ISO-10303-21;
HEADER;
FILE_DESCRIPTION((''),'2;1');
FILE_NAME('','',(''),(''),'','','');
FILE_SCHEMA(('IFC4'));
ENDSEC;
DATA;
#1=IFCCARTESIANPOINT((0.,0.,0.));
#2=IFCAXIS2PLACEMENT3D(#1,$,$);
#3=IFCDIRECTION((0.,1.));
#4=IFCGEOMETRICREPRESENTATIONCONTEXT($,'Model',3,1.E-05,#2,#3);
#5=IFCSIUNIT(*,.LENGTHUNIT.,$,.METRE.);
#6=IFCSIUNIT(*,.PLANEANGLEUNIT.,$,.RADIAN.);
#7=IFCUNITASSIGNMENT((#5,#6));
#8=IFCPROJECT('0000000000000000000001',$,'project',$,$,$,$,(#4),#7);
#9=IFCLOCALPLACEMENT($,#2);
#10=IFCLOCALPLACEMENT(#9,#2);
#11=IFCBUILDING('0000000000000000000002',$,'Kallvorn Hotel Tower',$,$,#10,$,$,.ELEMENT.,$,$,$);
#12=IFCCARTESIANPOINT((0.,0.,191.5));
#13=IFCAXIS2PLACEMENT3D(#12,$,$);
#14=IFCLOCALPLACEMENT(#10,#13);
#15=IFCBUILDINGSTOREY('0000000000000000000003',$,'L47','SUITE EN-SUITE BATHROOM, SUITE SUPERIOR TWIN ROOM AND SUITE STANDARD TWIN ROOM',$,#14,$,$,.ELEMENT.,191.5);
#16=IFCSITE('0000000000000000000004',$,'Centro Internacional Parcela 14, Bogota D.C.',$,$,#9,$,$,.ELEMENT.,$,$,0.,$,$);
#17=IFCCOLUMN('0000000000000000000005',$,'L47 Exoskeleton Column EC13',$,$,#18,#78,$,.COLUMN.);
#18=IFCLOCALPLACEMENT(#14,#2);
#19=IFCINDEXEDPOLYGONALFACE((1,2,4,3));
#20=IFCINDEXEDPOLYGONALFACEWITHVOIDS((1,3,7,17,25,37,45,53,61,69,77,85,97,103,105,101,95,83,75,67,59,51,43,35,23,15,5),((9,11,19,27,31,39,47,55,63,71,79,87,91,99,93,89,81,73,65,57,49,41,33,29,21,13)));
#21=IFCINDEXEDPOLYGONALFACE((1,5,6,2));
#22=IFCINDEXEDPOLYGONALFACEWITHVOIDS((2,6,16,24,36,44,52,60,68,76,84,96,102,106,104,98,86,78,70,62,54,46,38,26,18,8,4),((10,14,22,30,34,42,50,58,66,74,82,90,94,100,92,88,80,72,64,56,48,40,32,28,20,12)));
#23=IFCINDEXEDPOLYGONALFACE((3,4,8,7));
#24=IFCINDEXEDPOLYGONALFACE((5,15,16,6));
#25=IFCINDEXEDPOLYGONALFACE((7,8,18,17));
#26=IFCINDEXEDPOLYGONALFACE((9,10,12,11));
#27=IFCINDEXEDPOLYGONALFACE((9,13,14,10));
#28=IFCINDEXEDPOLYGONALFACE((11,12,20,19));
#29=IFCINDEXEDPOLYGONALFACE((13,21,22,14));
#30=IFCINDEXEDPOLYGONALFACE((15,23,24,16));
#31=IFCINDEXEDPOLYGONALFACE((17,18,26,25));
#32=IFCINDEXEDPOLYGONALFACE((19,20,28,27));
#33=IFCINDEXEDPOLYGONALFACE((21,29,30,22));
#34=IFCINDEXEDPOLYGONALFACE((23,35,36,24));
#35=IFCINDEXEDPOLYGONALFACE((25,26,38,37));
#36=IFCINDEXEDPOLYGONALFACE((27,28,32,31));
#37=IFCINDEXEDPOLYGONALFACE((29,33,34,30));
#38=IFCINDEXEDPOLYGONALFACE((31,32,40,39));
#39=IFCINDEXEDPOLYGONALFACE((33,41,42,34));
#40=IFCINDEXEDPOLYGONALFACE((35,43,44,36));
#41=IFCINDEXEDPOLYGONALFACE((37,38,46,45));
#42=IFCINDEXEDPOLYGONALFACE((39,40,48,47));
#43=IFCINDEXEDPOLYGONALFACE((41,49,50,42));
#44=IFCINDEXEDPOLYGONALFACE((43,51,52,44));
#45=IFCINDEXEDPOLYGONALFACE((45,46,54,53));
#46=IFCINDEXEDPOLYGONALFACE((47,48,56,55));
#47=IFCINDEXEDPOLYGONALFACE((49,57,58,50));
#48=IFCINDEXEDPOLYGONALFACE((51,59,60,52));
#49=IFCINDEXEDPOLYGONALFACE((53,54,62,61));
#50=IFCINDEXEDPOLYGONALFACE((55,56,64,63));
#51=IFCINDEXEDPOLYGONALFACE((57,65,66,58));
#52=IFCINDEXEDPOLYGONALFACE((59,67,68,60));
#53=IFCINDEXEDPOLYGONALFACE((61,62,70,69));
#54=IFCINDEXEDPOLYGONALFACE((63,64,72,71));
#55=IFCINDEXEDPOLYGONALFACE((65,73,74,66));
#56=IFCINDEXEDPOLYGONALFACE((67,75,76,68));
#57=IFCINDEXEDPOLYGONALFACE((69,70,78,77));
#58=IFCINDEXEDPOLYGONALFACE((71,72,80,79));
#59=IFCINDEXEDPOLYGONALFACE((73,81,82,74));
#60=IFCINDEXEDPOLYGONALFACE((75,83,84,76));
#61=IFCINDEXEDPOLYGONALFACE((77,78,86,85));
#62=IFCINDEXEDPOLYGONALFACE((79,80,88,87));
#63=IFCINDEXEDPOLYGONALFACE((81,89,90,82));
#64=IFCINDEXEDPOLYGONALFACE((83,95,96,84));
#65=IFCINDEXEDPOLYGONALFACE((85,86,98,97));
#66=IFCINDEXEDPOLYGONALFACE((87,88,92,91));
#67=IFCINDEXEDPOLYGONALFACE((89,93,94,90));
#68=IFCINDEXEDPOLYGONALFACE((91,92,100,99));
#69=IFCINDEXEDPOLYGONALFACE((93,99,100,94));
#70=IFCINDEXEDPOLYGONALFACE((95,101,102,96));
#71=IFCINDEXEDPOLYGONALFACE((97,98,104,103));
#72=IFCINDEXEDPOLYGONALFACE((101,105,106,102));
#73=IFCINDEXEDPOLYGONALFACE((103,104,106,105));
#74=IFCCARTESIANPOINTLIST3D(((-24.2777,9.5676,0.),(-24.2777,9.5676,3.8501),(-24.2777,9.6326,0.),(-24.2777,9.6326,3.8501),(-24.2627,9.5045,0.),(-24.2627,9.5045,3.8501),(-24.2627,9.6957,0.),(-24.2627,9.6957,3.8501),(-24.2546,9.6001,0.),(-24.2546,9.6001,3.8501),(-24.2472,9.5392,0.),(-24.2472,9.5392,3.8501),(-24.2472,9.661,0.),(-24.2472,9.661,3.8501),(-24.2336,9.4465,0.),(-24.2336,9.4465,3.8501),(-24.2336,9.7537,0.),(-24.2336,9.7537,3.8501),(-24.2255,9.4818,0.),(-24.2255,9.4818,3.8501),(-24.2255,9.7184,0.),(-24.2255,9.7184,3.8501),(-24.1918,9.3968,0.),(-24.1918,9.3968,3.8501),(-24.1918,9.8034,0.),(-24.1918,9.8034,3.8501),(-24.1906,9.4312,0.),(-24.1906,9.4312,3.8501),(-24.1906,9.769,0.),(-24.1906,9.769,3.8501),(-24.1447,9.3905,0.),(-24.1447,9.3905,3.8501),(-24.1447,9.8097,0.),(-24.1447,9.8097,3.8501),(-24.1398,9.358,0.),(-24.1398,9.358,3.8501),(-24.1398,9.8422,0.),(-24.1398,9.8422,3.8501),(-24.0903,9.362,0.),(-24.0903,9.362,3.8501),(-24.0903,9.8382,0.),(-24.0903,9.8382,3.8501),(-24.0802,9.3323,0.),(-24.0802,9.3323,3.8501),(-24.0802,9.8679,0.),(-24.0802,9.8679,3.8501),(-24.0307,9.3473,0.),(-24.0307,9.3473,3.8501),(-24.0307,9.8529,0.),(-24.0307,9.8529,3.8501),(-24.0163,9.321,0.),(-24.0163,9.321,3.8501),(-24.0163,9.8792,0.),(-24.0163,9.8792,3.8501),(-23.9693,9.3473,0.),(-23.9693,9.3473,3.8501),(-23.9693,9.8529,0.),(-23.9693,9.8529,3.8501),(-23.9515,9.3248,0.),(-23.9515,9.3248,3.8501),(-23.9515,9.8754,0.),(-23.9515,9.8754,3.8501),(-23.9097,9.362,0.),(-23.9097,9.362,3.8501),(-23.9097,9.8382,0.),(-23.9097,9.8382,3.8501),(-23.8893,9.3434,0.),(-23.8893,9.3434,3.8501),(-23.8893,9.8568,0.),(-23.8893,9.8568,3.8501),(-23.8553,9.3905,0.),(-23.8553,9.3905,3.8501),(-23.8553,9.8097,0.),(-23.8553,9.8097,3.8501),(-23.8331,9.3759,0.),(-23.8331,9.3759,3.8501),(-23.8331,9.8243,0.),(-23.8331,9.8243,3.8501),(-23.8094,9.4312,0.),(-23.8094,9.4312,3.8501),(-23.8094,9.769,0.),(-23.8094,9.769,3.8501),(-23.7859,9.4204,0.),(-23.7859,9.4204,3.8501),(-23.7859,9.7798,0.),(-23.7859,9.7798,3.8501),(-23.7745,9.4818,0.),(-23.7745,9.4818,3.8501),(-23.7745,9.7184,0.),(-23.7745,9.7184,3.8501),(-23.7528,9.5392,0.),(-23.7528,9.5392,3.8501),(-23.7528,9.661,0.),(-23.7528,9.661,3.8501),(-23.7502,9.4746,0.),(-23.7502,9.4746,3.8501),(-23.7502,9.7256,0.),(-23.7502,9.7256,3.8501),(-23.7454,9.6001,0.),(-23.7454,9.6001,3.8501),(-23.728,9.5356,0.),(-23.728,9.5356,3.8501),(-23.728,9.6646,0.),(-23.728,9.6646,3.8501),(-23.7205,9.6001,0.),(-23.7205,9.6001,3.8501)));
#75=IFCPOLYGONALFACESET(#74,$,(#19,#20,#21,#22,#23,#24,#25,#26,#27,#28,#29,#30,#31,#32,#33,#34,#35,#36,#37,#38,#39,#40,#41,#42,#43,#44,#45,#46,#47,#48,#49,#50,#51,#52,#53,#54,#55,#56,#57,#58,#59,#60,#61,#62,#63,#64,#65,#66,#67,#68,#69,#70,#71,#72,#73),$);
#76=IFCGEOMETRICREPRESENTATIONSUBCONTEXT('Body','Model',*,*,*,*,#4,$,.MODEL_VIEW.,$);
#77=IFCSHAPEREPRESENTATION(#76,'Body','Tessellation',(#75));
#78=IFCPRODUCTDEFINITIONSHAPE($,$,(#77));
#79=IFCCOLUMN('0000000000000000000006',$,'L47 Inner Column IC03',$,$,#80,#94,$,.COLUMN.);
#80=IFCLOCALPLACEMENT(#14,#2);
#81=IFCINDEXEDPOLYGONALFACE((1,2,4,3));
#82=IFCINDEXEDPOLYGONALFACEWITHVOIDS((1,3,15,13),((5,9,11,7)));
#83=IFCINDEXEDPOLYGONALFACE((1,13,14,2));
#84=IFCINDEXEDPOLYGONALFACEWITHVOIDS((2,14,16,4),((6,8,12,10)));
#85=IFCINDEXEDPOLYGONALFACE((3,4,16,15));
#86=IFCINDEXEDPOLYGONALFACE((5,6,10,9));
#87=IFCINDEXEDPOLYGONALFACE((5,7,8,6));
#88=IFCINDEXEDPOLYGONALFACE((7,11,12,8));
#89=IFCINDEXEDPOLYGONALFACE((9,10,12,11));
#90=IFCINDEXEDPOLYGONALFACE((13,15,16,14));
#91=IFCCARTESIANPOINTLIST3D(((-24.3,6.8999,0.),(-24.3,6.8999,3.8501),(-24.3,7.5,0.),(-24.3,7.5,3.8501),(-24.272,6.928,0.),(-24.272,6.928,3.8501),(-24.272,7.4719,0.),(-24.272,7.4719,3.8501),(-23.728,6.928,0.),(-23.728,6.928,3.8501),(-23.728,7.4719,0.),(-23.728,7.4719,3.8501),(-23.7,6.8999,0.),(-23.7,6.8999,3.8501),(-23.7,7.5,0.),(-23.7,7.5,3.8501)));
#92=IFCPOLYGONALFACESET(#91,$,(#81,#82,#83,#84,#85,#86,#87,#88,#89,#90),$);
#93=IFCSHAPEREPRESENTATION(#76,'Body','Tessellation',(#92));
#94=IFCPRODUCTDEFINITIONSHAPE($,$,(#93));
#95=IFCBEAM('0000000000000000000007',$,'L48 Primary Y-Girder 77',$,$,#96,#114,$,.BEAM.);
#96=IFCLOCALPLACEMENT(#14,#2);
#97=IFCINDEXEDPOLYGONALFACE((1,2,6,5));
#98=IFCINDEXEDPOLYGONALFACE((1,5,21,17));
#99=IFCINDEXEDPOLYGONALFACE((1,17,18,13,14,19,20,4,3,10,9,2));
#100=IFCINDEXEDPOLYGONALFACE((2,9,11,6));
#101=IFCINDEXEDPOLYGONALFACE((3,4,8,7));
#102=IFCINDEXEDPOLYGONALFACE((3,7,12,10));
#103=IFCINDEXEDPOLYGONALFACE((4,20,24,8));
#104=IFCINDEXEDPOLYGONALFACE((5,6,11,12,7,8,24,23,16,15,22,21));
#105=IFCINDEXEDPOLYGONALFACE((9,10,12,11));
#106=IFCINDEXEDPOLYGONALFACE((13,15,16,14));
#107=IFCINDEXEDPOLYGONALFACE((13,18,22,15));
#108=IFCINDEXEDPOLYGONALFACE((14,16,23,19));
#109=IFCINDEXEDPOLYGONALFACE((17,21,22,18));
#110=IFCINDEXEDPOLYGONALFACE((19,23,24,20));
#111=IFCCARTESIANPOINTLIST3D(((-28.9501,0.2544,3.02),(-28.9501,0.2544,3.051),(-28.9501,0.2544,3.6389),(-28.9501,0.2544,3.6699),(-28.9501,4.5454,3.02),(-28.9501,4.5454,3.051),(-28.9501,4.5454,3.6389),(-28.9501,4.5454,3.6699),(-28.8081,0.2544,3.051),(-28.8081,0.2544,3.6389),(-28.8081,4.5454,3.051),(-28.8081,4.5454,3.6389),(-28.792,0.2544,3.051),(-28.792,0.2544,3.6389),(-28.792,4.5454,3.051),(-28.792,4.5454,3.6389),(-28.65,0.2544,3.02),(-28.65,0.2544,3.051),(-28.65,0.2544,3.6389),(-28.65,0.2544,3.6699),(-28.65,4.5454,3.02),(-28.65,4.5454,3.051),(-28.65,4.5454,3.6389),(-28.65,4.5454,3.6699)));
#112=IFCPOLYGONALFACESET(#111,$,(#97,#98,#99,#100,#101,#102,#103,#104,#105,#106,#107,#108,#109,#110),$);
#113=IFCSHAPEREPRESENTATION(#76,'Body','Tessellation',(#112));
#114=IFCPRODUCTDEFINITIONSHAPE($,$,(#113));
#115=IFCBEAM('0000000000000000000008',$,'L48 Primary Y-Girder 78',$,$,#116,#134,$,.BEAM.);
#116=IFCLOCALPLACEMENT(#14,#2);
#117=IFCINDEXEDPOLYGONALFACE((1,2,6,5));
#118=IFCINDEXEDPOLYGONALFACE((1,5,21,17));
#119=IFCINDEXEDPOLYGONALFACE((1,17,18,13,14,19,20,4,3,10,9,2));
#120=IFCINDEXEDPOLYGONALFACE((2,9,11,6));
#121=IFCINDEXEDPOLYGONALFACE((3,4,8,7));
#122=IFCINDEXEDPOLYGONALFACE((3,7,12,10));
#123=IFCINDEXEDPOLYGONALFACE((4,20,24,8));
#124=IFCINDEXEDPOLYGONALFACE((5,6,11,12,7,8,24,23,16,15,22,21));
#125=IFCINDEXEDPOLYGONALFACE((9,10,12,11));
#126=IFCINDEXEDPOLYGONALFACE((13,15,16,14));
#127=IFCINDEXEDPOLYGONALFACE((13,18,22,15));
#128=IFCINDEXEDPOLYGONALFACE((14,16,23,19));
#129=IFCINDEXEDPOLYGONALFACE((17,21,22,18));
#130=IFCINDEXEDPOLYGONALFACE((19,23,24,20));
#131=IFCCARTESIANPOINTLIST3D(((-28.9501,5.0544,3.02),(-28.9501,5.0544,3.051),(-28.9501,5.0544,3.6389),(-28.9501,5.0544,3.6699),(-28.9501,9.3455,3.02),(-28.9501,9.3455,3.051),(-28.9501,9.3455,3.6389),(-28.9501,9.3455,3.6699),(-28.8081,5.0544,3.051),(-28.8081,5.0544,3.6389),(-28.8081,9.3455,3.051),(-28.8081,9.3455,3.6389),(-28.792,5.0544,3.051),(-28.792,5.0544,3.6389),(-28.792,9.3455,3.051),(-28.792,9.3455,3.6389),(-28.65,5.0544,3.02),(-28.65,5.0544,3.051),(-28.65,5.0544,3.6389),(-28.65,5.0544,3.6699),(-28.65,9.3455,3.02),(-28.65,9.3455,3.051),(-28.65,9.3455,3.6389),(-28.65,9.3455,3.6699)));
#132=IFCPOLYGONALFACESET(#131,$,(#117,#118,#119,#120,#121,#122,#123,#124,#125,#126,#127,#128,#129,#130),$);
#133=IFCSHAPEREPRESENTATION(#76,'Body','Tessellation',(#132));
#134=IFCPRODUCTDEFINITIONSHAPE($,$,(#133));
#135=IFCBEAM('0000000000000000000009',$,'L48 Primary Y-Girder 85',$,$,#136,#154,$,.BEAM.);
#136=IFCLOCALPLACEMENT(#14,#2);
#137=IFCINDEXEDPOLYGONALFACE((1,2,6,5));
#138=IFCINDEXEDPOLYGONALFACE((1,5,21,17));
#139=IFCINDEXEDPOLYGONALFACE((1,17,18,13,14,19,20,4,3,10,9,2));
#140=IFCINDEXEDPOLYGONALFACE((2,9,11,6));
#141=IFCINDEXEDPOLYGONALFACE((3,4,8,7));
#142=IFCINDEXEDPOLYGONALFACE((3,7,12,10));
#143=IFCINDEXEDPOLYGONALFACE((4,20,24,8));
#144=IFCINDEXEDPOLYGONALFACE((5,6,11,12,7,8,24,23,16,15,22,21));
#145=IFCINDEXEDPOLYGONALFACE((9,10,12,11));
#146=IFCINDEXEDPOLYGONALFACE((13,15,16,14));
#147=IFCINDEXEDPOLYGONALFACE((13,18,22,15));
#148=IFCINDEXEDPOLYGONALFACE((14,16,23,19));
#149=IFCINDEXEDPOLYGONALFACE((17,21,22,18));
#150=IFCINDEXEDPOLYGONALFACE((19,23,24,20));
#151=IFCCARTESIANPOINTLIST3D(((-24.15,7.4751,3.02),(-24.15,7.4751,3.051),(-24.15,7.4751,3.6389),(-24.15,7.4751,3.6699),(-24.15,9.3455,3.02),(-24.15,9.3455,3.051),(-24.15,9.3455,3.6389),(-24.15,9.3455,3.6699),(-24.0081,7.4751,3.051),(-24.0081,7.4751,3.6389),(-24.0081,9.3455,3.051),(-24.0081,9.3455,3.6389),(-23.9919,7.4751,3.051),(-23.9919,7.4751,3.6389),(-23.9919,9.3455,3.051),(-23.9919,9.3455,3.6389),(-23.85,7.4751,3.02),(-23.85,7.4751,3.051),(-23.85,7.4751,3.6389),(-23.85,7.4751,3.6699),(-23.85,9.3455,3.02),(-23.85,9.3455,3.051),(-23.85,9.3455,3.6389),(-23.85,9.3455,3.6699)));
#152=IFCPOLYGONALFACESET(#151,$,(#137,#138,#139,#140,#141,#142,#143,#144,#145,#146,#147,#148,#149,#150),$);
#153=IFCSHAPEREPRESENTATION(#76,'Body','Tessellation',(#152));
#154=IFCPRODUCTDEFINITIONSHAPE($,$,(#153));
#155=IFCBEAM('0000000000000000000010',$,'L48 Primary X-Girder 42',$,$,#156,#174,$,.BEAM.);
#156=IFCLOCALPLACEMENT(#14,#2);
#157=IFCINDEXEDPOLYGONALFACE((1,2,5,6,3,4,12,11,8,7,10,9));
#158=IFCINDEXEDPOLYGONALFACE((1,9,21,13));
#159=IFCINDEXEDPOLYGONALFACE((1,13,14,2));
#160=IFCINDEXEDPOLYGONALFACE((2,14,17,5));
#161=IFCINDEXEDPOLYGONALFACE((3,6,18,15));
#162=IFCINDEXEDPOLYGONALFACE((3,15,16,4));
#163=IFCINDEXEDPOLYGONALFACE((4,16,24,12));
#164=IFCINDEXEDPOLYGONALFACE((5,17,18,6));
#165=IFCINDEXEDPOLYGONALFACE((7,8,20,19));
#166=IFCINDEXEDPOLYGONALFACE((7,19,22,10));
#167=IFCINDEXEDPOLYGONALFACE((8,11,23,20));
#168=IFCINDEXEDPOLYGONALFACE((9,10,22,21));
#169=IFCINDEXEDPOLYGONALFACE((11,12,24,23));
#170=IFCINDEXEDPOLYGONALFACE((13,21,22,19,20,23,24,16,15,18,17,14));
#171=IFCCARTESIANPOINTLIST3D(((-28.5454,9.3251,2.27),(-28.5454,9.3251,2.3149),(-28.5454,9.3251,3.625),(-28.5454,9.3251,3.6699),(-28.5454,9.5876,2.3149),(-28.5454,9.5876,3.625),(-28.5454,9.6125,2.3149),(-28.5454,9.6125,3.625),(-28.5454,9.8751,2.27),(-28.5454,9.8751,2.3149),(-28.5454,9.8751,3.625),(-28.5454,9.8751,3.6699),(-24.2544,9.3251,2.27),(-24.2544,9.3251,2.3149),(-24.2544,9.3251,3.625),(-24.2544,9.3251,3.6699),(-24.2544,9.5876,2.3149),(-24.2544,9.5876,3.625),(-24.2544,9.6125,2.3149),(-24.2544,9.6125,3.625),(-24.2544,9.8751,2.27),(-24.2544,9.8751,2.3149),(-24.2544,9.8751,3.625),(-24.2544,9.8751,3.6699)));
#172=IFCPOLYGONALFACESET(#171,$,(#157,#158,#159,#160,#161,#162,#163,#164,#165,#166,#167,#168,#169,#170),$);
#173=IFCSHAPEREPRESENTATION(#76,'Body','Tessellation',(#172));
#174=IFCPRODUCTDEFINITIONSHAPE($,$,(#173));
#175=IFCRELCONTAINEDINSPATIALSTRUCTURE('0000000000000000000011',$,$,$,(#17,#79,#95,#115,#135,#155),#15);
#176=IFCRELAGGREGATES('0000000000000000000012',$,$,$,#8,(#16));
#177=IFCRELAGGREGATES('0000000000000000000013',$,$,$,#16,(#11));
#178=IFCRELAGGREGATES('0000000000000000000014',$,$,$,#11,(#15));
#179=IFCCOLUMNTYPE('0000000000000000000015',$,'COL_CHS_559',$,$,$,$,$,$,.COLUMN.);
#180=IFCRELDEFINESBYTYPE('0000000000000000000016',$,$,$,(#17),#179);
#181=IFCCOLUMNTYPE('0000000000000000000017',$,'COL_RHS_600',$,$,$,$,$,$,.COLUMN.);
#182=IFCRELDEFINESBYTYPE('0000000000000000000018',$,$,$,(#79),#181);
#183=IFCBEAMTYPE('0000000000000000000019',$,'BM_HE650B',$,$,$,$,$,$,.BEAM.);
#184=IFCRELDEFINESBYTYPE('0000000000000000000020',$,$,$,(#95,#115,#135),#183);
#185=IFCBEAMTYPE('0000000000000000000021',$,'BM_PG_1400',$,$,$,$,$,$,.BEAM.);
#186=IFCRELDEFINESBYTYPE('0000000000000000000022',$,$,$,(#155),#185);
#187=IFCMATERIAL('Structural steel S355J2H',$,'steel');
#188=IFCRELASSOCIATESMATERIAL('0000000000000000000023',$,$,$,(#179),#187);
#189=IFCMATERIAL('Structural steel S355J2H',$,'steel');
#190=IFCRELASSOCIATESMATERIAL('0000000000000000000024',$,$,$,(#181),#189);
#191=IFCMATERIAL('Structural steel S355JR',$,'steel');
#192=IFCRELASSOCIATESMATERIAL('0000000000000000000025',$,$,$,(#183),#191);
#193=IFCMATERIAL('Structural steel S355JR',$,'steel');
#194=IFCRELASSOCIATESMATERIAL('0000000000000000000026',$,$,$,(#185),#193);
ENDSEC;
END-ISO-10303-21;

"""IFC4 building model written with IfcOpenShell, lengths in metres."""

from ifc_helpers import new_model, si_unit, direction, frame, origin, origin_2d, place, context, subcontext, project, spatial, hollow_rectangle, hollow_circle, i_section, extrude, material, material_profile, profile_set, type_object, element, save


model = new_model("IFC4")

# Units and contexts
model_context = context("Model", 3, precision=1e-05, world=origin(), true_north=direction((0.0, 1.0)))
body_context = subcontext(model_context, "Body", "Model", "MODEL_VIEW")
ifc_project = project(units=[si_unit("LENGTHUNIT", "METRE"), si_unit("PLANEANGLEUNIT", "RADIAN")], contexts=[model_context])

# Site, building, storey
site_placement = place(None, origin())
site = spatial("IfcSite", under=ifc_project, at=site_placement, Name="Centro Internacional Parcela 14, Bogota D.C.", CompositionType="ELEMENT", RefElevation=0.0)
building_placement = place(site_placement, origin())
building = spatial("IfcBuilding", under=site, at=building_placement, Name="Kallvorn Hotel Tower", CompositionType="ELEMENT")
storey_placement = place(building_placement, frame((0.0, 0.0, 191.5)))
storey = spatial("IfcBuildingStorey", under=building, at=storey_placement, Name="L47", Description="SUITE EN-SUITE BATHROOM, SUITE SUPERIOR TWIN ROOM AND SUITE STANDARD TWIN ROOM", CompositionType="ELEMENT", Elevation=191.5)

# Columns
ifc_material_1 = material(Name="Structural steel S355J2H", Category="steel")
ifc_material_profile_1 = material_profile(ifc_material_1, hollow_circle(Radius=0.2795, WallThickness=0.0249, at=origin_2d()), Name="CHS 559x25")
ifc_profile_set_1 = profile_set([ifc_material_profile_1], Name="Structural steel S355J2H")
column_type_1 = type_object("IfcColumnType", Name="COL_CHS_559", PredefinedType="COLUMN", material=ifc_profile_set_1)
for number, where, z_axis, x_axis, name in (
    (1, (-24.0, 9.6001, 0.0), (0.0, 0.0, 1.0), (1.0, 0.0, 0.0), "L47 Exoskeleton Column EC13"),
):
    element("IfcColumn", number, at=place(storey_placement, frame(where, z_axis=z_axis, x_axis=x_axis)), inside=storey, type_object=column_type_1, Name=name, PredefinedType="COLUMN", context=body_context, shape_type="SweptSolid", body=[
        extrude(hollow_circle(Radius=0.2795, WallThickness=0.0249, at=origin_2d()), origin(), (0.0, 0.0, 1.0), 3.8501),
    ])
ifc_material_2 = material(Name="Structural steel S355J2H", Category="steel")
ifc_material_profile_2 = material_profile(ifc_material_2, hollow_rectangle(XDim=0.6001, YDim=0.6001, WallThickness=0.0281, at=origin_2d()), Name="RHS 600x600x28")
ifc_profile_set_2 = profile_set([ifc_material_profile_2], Name="Structural steel S355J2H")
column_type_2 = type_object("IfcColumnType", Name="COL_RHS_600", PredefinedType="COLUMN", material=ifc_profile_set_2)
column_placement = place(storey_placement, frame((-24.0, 7.2, 0.0), z_axis=(0.0, 0.0, 1.0), x_axis=(1.0, 0.0, 0.0)))
element("IfcColumn", 2, at=column_placement, inside=storey, type_object=column_type_2, Name="L47 Inner Column IC03", PredefinedType="COLUMN", context=body_context, shape_type="SweptSolid", body=[
    extrude(hollow_rectangle(XDim=0.6001, YDim=0.6001, WallThickness=0.0281, at=origin_2d()), origin(), (0.0, 0.0, 1.0), 3.8501),
])

# Beams
ifc_material_3 = material(Name="Structural steel S355JR", Category="steel")
ifc_material_profile_3 = material_profile(ifc_material_3, i_section(OverallWidth=0.3, OverallDepth=0.6499, WebThickness=0.0161, FlangeThickness=0.031, at=origin_2d()), Name="HE 650 B")
ifc_profile_set_3 = profile_set([ifc_material_profile_3], Name="Structural steel S355JR")
beam_type_1 = type_object("IfcBeamType", Name="BM_HE650B", PredefinedType="BEAM", material=ifc_profile_set_3)
for number, where, z_axis, x_axis, name in (
    (3, (-28.8, 0.2544, 3.345), (0.0, 1.0, 0.0), (-1.0, 0.0, 0.0), "L48 Primary Y-Girder 77"),
    (4, (-28.8, 5.0544, 3.345), (0.0, 1.0, 0.0), (-1.0, 0.0, 0.0), "L48 Primary Y-Girder 78"),
):
    element("IfcBeam", number, at=place(storey_placement, frame(where, z_axis=z_axis, x_axis=x_axis)), inside=storey, type_object=beam_type_1, Name=name, PredefinedType="BEAM", context=body_context, shape_type="SweptSolid", body=[
        extrude(i_section(OverallWidth=0.3, OverallDepth=0.6499, WebThickness=0.0161, FlangeThickness=0.031, at=origin_2d()), origin(), (0.0, 0.0, 1.0), 4.291),
    ])
beam_1_placement = place(storey_placement, frame((-24.0, 7.4751, 3.345), z_axis=(0.0, 1.0, 0.0), x_axis=(-1.0, 0.0, 0.0)))
element("IfcBeam", 5, at=beam_1_placement, inside=storey, type_object=beam_type_1, Name="L48 Primary Y-Girder 85", PredefinedType="BEAM", context=body_context, shape_type="SweptSolid", body=[
    extrude(i_section(OverallWidth=0.3, OverallDepth=0.6499, WebThickness=0.0161, FlangeThickness=0.031, at=origin_2d()), origin(), (0.0, 0.0, 1.0), 1.8704),
])
ifc_material_4 = material(Name="Structural steel S355JR", Category="steel")
ifc_material_profile_4 = material_profile(ifc_material_4, i_section(OverallWidth=0.55, OverallDepth=1.3999, WebThickness=0.0249, FlangeThickness=0.0449, at=origin_2d()), Name="PG 1400x550x25x45")
ifc_profile_set_4 = profile_set([ifc_material_profile_4], Name="Structural steel S355JR")
beam_type_2 = type_object("IfcBeamType", Name="BM_PG_1400", PredefinedType="BEAM", material=ifc_profile_set_4)
beam_2_placement = place(storey_placement, frame((-28.5454, 9.6001, 2.97), z_axis=(1.0, 0.0, 0.0), x_axis=(0.0, 1.0, 0.0)))
element("IfcBeam", 6, at=beam_2_placement, inside=storey, type_object=beam_type_2, Name="L48 Primary X-Girder 42", PredefinedType="BEAM", context=body_context, shape_type="SweptSolid", body=[
    extrude(i_section(OverallWidth=0.55, OverallDepth=1.3999, WebThickness=0.0249, FlangeThickness=0.0449, at=origin_2d()), origin(), (0.0, 0.0, 1.0), 4.291),
])

save(model, "model.ifc")
